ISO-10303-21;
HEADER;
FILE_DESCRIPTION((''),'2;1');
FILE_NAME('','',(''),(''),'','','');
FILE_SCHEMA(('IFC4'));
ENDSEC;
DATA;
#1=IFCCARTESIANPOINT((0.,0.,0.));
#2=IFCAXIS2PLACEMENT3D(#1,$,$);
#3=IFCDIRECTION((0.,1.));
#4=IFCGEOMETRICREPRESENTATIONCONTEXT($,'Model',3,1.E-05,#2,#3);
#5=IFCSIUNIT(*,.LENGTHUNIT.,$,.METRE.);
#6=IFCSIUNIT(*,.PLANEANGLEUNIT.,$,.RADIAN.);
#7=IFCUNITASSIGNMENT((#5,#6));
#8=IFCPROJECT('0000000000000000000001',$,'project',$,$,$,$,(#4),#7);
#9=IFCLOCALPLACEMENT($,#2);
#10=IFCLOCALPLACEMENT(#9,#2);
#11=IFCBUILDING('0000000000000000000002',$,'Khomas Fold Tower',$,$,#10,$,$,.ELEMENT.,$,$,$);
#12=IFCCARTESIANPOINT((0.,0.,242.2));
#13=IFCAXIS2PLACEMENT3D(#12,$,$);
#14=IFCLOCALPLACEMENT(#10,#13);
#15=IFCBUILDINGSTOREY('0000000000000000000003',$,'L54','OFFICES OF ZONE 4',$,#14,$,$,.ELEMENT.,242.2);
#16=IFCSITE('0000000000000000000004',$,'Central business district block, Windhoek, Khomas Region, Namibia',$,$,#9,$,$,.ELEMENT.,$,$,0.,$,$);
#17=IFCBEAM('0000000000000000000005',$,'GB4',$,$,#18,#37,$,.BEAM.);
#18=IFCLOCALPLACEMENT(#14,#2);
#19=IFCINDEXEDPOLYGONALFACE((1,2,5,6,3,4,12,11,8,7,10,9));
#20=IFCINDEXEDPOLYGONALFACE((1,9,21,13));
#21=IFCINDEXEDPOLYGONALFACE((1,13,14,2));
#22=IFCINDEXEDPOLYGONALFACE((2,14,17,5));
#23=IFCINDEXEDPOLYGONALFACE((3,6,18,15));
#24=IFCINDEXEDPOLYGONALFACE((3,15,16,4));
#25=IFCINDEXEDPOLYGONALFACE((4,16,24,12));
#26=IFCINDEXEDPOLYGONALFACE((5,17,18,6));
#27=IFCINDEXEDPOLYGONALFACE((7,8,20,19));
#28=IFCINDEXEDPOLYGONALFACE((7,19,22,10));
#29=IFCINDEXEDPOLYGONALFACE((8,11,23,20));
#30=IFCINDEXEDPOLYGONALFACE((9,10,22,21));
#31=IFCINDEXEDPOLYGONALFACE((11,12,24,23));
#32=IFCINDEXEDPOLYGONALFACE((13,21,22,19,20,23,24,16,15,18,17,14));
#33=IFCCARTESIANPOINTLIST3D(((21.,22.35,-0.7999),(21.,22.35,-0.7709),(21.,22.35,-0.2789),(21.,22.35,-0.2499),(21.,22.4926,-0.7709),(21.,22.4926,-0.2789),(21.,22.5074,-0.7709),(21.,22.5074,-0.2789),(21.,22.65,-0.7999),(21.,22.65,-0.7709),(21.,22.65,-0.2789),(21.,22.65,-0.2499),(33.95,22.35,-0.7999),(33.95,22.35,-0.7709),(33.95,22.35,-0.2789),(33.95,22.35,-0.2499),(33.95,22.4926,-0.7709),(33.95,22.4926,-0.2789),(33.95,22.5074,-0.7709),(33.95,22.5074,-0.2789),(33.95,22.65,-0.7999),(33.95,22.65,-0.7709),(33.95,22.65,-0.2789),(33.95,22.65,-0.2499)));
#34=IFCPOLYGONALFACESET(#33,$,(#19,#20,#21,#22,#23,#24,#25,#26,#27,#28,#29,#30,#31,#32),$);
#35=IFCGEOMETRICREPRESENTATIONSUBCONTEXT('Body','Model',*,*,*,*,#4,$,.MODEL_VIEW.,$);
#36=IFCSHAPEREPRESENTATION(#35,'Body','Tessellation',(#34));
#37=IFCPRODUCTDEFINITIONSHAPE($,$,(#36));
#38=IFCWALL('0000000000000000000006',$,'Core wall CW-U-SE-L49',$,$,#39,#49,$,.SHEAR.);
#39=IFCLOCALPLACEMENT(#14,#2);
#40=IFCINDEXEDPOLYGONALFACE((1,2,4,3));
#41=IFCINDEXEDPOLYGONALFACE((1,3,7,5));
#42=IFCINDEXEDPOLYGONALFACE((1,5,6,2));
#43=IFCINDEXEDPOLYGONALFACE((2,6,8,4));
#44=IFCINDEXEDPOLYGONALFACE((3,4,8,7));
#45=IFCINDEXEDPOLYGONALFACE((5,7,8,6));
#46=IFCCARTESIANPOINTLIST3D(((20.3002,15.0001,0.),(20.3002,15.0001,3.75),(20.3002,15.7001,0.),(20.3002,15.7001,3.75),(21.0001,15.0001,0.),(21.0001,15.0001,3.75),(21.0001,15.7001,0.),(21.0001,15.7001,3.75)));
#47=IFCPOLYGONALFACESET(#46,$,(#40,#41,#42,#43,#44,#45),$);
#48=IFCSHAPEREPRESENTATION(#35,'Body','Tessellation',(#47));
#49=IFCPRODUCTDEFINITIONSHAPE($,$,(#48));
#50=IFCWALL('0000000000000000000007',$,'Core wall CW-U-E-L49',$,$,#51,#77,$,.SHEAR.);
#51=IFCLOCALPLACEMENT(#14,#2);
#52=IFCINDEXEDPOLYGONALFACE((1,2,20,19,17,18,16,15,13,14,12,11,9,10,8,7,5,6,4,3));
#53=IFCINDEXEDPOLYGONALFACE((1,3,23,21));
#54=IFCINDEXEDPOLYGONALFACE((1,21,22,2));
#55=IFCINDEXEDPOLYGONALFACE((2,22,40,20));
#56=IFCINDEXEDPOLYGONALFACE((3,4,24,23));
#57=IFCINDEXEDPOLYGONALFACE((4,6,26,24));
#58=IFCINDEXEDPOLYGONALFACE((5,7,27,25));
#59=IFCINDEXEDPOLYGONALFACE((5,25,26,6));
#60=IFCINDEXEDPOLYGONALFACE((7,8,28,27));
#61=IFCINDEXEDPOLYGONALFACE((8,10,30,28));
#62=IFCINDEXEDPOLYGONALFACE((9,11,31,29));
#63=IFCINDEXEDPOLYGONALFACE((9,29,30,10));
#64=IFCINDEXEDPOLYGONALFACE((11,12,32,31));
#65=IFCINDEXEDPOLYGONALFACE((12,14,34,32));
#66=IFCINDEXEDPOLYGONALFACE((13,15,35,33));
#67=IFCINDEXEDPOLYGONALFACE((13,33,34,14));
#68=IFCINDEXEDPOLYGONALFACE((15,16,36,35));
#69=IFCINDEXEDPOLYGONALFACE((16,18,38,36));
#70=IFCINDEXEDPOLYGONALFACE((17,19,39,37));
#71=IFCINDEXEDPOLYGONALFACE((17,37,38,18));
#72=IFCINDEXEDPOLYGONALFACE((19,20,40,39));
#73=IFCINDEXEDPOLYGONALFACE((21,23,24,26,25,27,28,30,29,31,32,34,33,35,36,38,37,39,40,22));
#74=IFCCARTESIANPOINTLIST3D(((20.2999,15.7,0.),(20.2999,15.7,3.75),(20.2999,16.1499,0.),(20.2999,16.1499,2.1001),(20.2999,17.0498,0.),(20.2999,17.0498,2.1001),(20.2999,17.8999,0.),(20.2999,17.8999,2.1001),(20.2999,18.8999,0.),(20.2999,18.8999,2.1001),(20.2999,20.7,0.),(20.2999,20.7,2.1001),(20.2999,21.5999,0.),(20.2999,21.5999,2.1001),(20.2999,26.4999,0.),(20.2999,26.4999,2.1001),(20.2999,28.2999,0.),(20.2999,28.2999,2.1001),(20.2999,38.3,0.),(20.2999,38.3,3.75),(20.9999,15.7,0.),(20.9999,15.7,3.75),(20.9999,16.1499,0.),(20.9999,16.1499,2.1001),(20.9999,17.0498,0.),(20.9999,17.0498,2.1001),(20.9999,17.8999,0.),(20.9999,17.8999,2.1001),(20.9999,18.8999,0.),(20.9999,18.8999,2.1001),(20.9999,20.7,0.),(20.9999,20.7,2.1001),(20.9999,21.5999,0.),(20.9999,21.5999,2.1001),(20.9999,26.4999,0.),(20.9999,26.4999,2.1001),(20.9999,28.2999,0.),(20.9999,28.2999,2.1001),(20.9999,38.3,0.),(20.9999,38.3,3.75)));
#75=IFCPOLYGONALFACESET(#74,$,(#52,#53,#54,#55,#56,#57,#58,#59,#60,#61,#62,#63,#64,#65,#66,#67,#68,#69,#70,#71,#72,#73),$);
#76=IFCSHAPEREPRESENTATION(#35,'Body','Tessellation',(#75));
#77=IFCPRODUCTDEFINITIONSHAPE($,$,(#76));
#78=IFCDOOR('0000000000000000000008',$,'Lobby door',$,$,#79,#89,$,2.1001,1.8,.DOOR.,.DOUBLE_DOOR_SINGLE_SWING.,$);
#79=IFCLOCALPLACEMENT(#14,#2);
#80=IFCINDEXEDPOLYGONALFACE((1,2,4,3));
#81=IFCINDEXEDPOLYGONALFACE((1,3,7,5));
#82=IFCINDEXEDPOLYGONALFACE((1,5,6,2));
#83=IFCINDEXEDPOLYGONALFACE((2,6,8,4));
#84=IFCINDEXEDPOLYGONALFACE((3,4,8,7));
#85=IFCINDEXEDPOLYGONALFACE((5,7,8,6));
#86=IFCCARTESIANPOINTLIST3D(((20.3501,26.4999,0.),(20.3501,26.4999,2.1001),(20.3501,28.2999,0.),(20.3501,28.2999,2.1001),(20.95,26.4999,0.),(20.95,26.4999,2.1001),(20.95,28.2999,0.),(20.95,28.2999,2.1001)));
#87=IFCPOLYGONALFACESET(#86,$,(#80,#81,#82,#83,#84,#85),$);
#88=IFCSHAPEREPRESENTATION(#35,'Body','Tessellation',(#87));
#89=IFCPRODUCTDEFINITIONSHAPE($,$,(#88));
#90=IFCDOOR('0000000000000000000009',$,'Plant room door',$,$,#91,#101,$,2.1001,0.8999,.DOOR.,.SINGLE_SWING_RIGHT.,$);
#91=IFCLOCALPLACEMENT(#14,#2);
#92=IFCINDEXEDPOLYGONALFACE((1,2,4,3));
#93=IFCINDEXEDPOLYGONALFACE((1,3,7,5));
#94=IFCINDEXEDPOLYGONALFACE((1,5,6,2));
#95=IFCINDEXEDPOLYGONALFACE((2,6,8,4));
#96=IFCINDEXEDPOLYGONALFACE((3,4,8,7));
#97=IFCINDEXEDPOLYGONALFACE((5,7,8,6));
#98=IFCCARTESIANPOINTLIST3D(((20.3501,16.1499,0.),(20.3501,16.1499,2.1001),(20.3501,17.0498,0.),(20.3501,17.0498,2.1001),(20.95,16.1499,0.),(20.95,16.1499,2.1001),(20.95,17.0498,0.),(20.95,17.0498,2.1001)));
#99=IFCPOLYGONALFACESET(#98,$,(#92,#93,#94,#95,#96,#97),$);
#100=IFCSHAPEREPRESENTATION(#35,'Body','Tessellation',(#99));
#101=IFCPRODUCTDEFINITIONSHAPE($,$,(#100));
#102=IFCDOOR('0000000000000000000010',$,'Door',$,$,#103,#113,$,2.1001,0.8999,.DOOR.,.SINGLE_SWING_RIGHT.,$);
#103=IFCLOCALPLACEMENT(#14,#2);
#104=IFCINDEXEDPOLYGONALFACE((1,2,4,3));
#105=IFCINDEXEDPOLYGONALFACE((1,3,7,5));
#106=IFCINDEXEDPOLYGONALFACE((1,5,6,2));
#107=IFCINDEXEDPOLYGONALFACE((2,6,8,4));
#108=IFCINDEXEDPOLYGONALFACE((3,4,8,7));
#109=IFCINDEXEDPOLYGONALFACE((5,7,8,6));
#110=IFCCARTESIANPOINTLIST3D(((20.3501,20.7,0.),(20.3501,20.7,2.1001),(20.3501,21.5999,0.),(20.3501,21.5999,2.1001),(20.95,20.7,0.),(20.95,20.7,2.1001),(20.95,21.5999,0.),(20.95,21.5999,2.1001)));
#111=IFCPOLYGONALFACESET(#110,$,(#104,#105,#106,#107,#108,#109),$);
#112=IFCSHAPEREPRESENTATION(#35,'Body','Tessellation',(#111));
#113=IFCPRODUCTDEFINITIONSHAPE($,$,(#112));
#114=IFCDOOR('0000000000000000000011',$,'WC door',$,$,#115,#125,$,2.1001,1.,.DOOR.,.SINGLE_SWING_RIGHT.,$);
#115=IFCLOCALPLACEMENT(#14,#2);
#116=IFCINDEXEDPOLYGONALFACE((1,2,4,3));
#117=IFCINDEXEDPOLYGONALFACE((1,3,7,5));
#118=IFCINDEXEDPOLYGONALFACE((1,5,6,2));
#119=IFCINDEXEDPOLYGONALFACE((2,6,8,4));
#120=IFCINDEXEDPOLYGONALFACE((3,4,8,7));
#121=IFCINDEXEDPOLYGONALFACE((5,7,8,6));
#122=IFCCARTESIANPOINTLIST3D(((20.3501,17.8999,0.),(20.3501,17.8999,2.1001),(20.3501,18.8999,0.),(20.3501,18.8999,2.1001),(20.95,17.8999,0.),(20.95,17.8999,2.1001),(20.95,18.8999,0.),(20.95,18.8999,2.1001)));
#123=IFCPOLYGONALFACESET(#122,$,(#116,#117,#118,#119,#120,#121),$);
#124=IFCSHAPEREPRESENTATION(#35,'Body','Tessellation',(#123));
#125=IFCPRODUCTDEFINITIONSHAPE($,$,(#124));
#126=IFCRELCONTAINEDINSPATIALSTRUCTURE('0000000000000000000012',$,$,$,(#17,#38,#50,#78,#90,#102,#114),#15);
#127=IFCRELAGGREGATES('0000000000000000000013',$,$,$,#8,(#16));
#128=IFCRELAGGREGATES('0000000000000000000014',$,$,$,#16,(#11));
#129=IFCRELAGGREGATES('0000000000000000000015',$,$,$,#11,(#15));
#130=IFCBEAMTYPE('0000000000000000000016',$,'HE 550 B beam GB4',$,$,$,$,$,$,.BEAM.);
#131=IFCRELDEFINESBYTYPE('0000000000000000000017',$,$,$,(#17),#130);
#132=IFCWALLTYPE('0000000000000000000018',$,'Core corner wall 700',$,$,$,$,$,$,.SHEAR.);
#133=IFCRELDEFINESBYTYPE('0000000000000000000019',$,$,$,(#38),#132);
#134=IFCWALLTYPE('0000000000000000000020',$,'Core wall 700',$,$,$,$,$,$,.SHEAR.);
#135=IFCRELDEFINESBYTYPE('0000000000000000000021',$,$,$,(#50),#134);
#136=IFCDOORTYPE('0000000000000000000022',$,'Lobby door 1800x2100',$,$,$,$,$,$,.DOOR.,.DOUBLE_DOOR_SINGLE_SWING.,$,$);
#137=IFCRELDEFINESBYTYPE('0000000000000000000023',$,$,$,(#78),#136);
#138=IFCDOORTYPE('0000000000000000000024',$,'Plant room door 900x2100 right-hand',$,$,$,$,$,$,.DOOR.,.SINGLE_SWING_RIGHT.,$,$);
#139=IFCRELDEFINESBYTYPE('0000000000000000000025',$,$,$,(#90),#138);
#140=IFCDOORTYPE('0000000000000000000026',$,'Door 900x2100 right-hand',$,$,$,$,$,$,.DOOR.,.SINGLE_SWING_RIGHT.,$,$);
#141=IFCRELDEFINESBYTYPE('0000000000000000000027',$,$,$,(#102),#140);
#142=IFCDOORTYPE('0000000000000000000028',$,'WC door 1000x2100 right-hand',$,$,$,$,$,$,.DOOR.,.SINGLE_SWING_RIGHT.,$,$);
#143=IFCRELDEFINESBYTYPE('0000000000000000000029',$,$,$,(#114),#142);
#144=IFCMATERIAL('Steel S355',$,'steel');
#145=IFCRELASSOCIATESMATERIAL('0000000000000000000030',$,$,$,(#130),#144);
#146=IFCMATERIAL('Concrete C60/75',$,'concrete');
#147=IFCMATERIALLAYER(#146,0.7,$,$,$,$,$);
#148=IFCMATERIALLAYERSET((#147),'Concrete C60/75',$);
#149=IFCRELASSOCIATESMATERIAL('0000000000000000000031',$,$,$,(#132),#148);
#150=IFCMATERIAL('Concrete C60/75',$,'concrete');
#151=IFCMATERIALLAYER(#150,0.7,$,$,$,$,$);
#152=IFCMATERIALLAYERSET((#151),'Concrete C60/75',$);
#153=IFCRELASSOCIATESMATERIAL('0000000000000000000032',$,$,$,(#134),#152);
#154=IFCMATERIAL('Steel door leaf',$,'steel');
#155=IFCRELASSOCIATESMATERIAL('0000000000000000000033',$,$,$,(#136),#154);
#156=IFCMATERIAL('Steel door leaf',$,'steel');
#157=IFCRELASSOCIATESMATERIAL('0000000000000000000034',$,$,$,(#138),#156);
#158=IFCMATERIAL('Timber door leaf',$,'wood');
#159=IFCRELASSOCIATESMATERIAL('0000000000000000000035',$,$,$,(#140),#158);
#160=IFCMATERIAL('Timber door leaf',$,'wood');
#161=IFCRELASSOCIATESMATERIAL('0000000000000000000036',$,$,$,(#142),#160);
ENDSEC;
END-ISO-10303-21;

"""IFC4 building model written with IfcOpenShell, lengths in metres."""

from ifc_helpers import new_model, si_unit, direction, frame, frame_2d, origin, origin_2d, place, context, subcontext, project, spatial, rectangle, i_section, extrude, source, transform, mapped, material, layer, layer_set, material_profile, profile_set, type_object, element, fill, save


model = new_model("IFC4")

# Units and contexts
model_context = context("Model", 3, precision=1e-05, world=origin(), true_north=direction((0.0, 1.0)))
body_context = subcontext(model_context, "Body", "Model", "MODEL_VIEW")
ifc_project = project(units=[si_unit("LENGTHUNIT", "METRE"), si_unit("PLANEANGLEUNIT", "RADIAN")], contexts=[model_context])

# Site, building, storey
site_placement = place(None, origin())
site = spatial("IfcSite", under=ifc_project, at=site_placement, Name="Central business district block, Windhoek, Khomas Region, Namibia", CompositionType="ELEMENT", RefElevation=0.0)
building_placement = place(site_placement, origin())
building = spatial("IfcBuilding", under=site, at=building_placement, Name="Khomas Fold Tower", CompositionType="ELEMENT")
storey_placement = place(building_placement, frame((0.0, 0.0, 242.2)))
storey = spatial("IfcBuildingStorey", under=building, at=storey_placement, Name="L54", Description="OFFICES OF ZONE 4", CompositionType="ELEMENT", Elevation=242.2)

# Beam
ifc_material_1 = material(Name="Steel S355", Category="steel")
ifc_material_profile = material_profile(ifc_material_1, i_section(OverallWidth=0.3, OverallDepth=0.55, WebThickness=0.0149, FlangeThickness=0.0291, at=origin_2d()), Name="HE 550 B")
ifc_profile_set = profile_set([ifc_material_profile], Name="Steel S355")
beam_type = type_object("IfcBeamType", Name="HE 550 B beam GB4", PredefinedType="BEAM", material=ifc_profile_set)
shared_shape_1 = source(origin(), body_context, "Body", "SweptSolid", [
    extrude(i_section(OverallWidth=0.3, OverallDepth=0.55, WebThickness=0.0149, FlangeThickness=0.0291, at=origin_2d()), origin(), (0.0, 0.0, 1.0), 12.95),
])
beam_placement = place(storey_placement, frame((21.0, 22.5, -0.5249), z_axis=(1.0, 0.0, 0.0), x_axis=(0.0, 1.0, 0.0)))
element("IfcBeam", 1, at=beam_placement, inside=storey, type_object=beam_type, Name="GB4", PredefinedType="BEAM", context=body_context, shape_type="MappedRepresentation", body=[
    mapped(shared_shape_1, transform((0.0, 0.0, 0.0))),
])

# Wall
ifc_material_2 = material(Name="Concrete C60/75", Category="concrete")
ifc_layer_1 = layer(ifc_material_2, 0.7)
ifc_layer_set_1 = layer_set([ifc_layer_1], Name="Concrete C60/75")
wall_type_1 = type_object("IfcWallType", Name="Core corner wall 700", PredefinedType="SHEAR", material=ifc_layer_set_1)
shared_shape_2 = source(origin(), body_context, "Body", "SweptSolid", [
    extrude(rectangle(XDim=0.7, YDim=0.7, at=frame_2d((0.3501, 0.0))), origin(), (0.0, 0.0, 1.0), 3.75),
])
wall_1_placement = place(storey_placement, frame((20.3, 15.3501, 0.0), z_axis=(0.0, 0.0, 1.0), x_axis=(1.0, 0.0, 0.0)))
element("IfcWall", 2, at=wall_1_placement, inside=storey, type_object=wall_type_1, Name="Core wall CW-U-SE-L49", PredefinedType="SHEAR", context=body_context, shape_type="MappedRepresentation", body=[
    mapped(shared_shape_2, transform((0.0, 0.0, 0.0))),
])

# Wall, openings, doors
ifc_material_3 = material(Name="Concrete C60/75", Category="concrete")
ifc_layer_2 = layer(ifc_material_3, 0.7)
ifc_layer_set_2 = layer_set([ifc_layer_2], Name="Concrete C60/75")
wall_type_2 = type_object("IfcWallType", Name="Core wall 700", PredefinedType="SHEAR", material=ifc_layer_set_2)
shared_shape_3 = source(origin(), body_context, "Body", "SweptSolid", [
    extrude(rectangle(XDim=22.6001, YDim=0.7, at=frame_2d((11.3, 0.0))), origin(), (0.0, 0.0, 1.0), 3.75),
])
wall_2_placement = place(storey_placement, frame((20.6499, 15.7, 0.0), z_axis=(0.0, 0.0, 1.0), x_axis=(0.0, 1.0, 0.0)))
wall_2 = element("IfcWall", 3, at=wall_2_placement, inside=storey, type_object=wall_type_2, Name="Core wall CW-U-E-L49", PredefinedType="SHEAR", context=body_context, shape_type="MappedRepresentation", body=[
    mapped(shared_shape_3, transform((0.0, 0.0, 0.0))),
])
shared_shape_4 = source(origin(), body_context, "Body", "SweptSolid", [
    extrude(rectangle(XDim=1.8, YDim=2.1001, at=frame_2d((0.8999, 1.05))), frame((0.0, 0.3599, 0.0), z_axis=(0.0, -1.0, 0.0), x_axis=(1.0, 0.0, 0.0)), (0.0, 0.0, 1.0), 0.72),
])
opening_1_placement = place(wall_2_placement, frame((10.8, 0.0, 0.0)))
opening_1 = element("IfcOpeningElement", 4, at=opening_1_placement, cuts=wall_2, PredefinedType="OPENING", context=body_context, shape_type="MappedRepresentation", body=[
    mapped(shared_shape_4, transform((0.0, 0.0, 0.0))),
])
shared_shape_5 = source(origin(), body_context, "Body", "SweptSolid", [
    extrude(rectangle(XDim=0.8999, YDim=2.1001, at=frame_2d((0.45, 1.05))), frame((0.0, 0.3599, 0.0), z_axis=(0.0, -1.0, 0.0), x_axis=(1.0, 0.0, 0.0)), (0.0, 0.0, 1.0), 0.72),
])
opening_2_placement = place(wall_2_placement, frame((0.45, 0.0, 0.0)))
opening_2 = element("IfcOpeningElement", 5, at=opening_2_placement, cuts=wall_2, PredefinedType="OPENING", context=body_context, shape_type="MappedRepresentation", body=[
    mapped(shared_shape_5, transform((0.0, 0.0, 0.0))),
])
shared_shape_6 = source(origin(), body_context, "Body", "SweptSolid", [
    extrude(rectangle(XDim=1.0, YDim=2.1001, at=frame_2d((0.5, 1.05))), frame((0.0, 0.3599, 0.0), z_axis=(0.0, -1.0, 0.0), x_axis=(1.0, 0.0, 0.0)), (0.0, 0.0, 1.0), 0.72),
])
opening_3_placement = place(wall_2_placement, frame((2.2, 0.0, 0.0)))
opening_3 = element("IfcOpeningElement", 6, at=opening_3_placement, cuts=wall_2, PredefinedType="OPENING", context=body_context, shape_type="MappedRepresentation", body=[
    mapped(shared_shape_6, transform((0.0, 0.0, 0.0))),
])
opening_4_placement = place(wall_2_placement, frame((5.0, 0.0, 0.0)))
opening_4 = element("IfcOpeningElement", 7, at=opening_4_placement, cuts=wall_2, PredefinedType="OPENING", context=body_context, shape_type="MappedRepresentation", body=[
    mapped(shared_shape_5, transform((0.0, 0.0, 0.0))),
])
ifc_material_4 = material(Name="Steel door leaf", Category="steel")
door_type_1 = type_object("IfcDoorType", Name="Lobby door 1800x2100", OperationType="DOUBLE_DOOR_SINGLE_SWING", PredefinedType="DOOR", material=ifc_material_4)
shared_shape_7 = source(origin(), body_context, "Body", "SweptSolid", [
    extrude(rectangle(XDim=1.8, YDim=2.1001, at=frame_2d((0.8999, 1.05))), frame((0.0, 0.2998, 0.0), z_axis=(0.0, -1.0, 0.0), x_axis=(1.0, 0.0, 0.0)), (0.0, 0.0, 1.0), 0.5999),
])
door_1_placement = place(opening_1_placement, origin())
door_1 = element("IfcDoor", 8, at=door_1_placement, inside=storey, type_object=door_type_1, Name="Lobby door", OperationType="DOUBLE_DOOR_SINGLE_SWING", OverallHeight=2.1001, OverallWidth=1.8, PredefinedType="DOOR", context=body_context, shape_type="MappedRepresentation", body=[
    mapped(shared_shape_7, transform((0.0, 0.0, 0.0))),
])
fill(opening_1, door_1)
ifc_material_5 = material(Name="Steel door leaf", Category="steel")
door_type_2 = type_object("IfcDoorType", Name="Plant room door 900x2100 right-hand", OperationType="SINGLE_SWING_RIGHT", PredefinedType="DOOR", material=ifc_material_5)
shared_shape_8 = source(origin(), body_context, "Body", "SweptSolid", [
    extrude(rectangle(XDim=0.8999, YDim=2.1001, at=frame_2d((0.45, 1.05))), frame((0.0, 0.2998, 0.0), z_axis=(0.0, -1.0, 0.0), x_axis=(1.0, 0.0, 0.0)), (0.0, 0.0, 1.0), 0.5999),
])
door_2_placement = place(opening_2_placement, origin())
door_2 = element("IfcDoor", 9, at=door_2_placement, inside=storey, type_object=door_type_2, Name="Plant room door", OperationType="SINGLE_SWING_RIGHT", OverallHeight=2.1001, OverallWidth=0.8999, PredefinedType="DOOR", context=body_context, shape_type="MappedRepresentation", body=[
    mapped(shared_shape_8, transform((0.0, 0.0, 0.0))),
])
fill(opening_2, door_2)
ifc_material_6 = material(Name="Timber door leaf", Category="wood")
door_type_3 = type_object("IfcDoorType", Name="Door 900x2100 right-hand", OperationType="SINGLE_SWING_RIGHT", PredefinedType="DOOR", material=ifc_material_6)
door_3_placement = place(opening_4_placement, origin())
door_3 = element("IfcDoor", 10, at=door_3_placement, inside=storey, type_object=door_type_3, Name="Door", OperationType="SINGLE_SWING_RIGHT", OverallHeight=2.1001, OverallWidth=0.8999, PredefinedType="DOOR", context=body_context, shape_type="MappedRepresentation", body=[
    mapped(shared_shape_8, transform((0.0, 0.0, 0.0))),
])
fill(opening_4, door_3)
ifc_material_7 = material(Name="Timber door leaf", Category="wood")
door_type_4 = type_object("IfcDoorType", Name="WC door 1000x2100 right-hand", OperationType="SINGLE_SWING_RIGHT", PredefinedType="DOOR", material=ifc_material_7)
shared_shape_9 = source(origin(), body_context, "Body", "SweptSolid", [
    extrude(rectangle(XDim=1.0, YDim=2.1001, at=frame_2d((0.5, 1.05))), frame((0.0, 0.2998, 0.0), z_axis=(0.0, -1.0, 0.0), x_axis=(1.0, 0.0, 0.0)), (0.0, 0.0, 1.0), 0.5999),
])
door_4_placement = place(opening_3_placement, origin())
door_4 = element("IfcDoor", 11, at=door_4_placement, inside=storey, type_object=door_type_4, Name="WC door", OperationType="SINGLE_SWING_RIGHT", OverallHeight=2.1001, OverallWidth=1.0, PredefinedType="DOOR", context=body_context, shape_type="MappedRepresentation", body=[
    mapped(shared_shape_9, transform((0.0, 0.0, 0.0))),
])
fill(opening_3, door_4)

save(model, "model.ifc")
